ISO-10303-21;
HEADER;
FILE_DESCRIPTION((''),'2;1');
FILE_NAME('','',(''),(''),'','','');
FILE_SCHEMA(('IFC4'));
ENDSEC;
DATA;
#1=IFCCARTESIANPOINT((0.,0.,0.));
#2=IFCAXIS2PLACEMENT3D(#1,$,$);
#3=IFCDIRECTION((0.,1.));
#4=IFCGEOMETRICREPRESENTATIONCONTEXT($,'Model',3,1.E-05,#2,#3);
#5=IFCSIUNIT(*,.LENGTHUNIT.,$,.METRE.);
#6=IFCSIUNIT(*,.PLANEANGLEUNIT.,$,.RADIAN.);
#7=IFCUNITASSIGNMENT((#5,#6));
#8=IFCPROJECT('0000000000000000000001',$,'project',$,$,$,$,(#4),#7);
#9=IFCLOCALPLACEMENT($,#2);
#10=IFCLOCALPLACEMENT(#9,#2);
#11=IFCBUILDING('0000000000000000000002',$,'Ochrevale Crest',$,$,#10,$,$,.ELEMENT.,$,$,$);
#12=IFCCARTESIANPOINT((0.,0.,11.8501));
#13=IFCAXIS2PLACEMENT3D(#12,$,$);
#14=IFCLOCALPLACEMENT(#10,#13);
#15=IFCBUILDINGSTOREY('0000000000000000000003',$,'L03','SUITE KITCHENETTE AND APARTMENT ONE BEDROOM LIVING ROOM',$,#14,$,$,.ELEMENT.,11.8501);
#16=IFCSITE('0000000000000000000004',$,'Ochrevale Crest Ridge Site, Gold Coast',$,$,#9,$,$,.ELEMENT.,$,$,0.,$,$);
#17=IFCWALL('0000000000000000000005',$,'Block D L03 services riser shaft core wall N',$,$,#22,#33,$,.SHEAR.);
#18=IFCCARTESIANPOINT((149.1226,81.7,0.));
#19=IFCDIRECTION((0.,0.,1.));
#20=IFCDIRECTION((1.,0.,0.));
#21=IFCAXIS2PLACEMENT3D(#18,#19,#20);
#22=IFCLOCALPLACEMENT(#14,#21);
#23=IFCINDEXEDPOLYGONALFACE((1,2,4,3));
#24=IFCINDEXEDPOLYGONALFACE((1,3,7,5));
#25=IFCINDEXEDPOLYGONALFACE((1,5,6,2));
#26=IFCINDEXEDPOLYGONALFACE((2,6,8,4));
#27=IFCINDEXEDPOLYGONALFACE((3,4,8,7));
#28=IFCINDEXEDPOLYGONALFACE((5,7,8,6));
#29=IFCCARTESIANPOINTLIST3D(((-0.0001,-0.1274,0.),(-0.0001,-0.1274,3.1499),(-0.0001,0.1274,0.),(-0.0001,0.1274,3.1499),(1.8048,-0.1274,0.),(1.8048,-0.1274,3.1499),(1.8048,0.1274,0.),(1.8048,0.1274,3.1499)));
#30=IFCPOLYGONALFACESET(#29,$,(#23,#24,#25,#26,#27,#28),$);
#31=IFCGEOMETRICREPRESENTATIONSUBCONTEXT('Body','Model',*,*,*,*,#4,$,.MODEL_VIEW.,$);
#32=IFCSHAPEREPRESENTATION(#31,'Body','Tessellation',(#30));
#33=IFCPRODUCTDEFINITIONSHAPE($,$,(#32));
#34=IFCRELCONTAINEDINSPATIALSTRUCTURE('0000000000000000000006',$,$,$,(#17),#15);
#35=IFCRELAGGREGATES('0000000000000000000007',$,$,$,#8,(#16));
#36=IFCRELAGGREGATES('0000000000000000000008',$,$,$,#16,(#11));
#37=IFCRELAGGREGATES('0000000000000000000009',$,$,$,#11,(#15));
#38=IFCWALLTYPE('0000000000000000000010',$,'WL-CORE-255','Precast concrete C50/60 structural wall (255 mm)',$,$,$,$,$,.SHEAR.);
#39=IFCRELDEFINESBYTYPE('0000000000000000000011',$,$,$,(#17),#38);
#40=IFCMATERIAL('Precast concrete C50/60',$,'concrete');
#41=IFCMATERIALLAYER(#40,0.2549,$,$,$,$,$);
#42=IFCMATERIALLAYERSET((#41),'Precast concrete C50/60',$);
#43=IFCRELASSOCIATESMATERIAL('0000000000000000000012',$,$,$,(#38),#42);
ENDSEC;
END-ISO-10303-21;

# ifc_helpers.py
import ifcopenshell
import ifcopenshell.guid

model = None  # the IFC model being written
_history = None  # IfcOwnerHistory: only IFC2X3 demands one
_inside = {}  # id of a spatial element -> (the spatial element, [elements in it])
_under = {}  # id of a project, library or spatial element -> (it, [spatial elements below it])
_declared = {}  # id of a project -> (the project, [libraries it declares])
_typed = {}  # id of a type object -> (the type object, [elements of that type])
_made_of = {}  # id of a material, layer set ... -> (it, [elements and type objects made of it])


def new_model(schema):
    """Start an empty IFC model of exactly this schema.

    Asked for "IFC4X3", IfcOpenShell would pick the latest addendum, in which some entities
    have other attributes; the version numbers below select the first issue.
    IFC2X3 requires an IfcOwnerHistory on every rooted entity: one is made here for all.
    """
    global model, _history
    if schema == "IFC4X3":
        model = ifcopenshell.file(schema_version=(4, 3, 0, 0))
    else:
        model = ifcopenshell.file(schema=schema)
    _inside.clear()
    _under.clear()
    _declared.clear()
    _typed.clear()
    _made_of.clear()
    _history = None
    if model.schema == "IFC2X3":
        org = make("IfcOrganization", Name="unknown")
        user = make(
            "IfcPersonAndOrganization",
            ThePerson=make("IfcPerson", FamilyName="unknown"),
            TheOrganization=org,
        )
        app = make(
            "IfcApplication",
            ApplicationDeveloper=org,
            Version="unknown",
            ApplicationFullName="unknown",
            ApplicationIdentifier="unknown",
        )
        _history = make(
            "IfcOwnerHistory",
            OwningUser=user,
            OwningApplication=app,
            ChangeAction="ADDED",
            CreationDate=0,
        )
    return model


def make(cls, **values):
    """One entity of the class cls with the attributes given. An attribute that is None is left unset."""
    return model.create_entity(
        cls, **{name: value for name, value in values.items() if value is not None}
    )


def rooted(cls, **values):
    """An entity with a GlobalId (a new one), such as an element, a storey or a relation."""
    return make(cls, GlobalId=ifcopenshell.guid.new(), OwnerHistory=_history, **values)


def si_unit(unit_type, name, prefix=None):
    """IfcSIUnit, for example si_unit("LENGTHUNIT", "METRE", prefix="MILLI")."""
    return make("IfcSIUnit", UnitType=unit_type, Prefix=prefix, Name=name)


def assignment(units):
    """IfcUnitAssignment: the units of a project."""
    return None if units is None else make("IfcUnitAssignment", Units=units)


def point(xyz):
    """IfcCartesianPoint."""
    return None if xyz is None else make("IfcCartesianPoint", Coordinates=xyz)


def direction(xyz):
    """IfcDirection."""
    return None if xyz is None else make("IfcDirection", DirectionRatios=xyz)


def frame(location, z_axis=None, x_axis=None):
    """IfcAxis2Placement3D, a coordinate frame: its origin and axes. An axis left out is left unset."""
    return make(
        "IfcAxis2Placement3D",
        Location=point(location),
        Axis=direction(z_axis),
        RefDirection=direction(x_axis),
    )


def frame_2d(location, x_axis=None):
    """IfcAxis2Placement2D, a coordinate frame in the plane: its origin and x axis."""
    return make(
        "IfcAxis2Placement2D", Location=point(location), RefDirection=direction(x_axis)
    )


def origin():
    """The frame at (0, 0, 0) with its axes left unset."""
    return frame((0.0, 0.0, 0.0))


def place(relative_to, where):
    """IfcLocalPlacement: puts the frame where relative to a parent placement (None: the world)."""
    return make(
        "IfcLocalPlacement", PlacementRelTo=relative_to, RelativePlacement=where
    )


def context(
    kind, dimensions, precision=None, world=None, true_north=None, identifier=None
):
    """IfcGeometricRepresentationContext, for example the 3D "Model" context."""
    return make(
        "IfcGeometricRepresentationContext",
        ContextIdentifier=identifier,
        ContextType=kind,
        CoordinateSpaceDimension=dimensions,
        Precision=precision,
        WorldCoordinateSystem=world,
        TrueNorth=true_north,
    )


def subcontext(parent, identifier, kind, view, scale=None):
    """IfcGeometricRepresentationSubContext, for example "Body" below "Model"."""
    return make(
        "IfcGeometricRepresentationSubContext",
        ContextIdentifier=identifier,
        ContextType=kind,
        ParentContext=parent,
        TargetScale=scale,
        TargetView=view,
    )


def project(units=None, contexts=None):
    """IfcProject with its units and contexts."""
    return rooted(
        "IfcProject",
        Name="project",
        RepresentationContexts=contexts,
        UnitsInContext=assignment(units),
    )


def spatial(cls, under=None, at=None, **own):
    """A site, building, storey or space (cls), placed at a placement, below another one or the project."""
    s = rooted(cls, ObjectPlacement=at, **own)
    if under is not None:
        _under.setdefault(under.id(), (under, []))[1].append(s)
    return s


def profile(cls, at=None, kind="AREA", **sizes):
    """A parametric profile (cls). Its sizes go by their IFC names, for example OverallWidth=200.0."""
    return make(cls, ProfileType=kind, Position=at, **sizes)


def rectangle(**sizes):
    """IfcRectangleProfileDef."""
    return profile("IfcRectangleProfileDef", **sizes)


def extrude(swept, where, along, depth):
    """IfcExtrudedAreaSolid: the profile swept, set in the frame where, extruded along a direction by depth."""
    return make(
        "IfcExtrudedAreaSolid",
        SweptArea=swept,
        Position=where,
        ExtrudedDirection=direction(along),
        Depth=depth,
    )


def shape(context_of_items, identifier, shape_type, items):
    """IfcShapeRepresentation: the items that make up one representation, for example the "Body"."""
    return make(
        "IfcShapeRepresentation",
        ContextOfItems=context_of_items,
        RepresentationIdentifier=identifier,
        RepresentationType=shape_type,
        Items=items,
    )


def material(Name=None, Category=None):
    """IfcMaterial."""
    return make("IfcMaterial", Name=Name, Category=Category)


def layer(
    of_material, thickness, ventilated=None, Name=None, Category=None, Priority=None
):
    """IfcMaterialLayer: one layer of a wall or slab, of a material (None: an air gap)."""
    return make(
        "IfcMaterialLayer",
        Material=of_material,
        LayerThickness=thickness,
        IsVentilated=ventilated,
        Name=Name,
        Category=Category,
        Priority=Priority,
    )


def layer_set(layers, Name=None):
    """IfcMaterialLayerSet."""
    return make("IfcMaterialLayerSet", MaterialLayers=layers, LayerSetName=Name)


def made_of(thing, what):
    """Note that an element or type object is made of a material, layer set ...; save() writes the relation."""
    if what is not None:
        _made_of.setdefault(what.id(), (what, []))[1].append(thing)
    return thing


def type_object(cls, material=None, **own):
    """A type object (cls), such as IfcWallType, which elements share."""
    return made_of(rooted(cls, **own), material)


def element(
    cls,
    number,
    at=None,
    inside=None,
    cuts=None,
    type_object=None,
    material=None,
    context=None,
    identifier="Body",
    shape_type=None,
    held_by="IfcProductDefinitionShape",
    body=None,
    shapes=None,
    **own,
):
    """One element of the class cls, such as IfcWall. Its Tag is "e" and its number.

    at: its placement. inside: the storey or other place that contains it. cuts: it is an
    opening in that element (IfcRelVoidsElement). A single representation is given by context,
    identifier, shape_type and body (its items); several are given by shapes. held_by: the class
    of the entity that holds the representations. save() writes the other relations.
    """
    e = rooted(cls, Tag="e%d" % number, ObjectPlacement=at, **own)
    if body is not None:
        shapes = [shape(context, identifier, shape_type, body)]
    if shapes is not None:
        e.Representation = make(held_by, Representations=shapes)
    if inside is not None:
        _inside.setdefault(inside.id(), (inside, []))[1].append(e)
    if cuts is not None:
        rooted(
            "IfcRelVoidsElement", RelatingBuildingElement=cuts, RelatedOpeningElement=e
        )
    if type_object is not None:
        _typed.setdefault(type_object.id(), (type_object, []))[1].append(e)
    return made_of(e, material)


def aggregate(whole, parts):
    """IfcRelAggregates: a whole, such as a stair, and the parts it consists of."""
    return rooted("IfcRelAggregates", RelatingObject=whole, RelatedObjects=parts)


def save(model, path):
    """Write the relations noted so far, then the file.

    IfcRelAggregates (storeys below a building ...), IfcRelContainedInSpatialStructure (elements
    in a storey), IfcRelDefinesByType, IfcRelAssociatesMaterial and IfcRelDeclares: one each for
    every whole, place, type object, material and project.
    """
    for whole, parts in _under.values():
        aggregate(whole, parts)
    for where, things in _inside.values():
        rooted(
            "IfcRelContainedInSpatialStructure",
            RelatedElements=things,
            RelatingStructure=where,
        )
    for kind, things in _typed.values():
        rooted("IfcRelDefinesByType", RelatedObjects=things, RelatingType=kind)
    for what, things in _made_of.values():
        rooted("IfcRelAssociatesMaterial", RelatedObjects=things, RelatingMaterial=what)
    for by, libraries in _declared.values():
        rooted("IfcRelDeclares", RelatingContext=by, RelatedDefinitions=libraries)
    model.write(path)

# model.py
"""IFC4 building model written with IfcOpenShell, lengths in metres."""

from ifc_helpers import new_model, si_unit, direction, frame, frame_2d, origin, place, context, subcontext, project, spatial, rectangle, extrude, material, layer, layer_set, type_object, element, save


model = new_model("IFC4")

# Units and contexts
model_context = context("Model", 3, precision=1e-05, world=origin(), true_north=direction((0.0, 1.0)))
body_context = subcontext(model_context, "Body", "Model", "MODEL_VIEW")
ifc_project = project(units=[si_unit("LENGTHUNIT", "METRE"), si_unit("PLANEANGLEUNIT", "RADIAN")], contexts=[model_context])

# Site, building, storey
site_placement = place(None, origin())
site = spatial("IfcSite", under=ifc_project, at=site_placement, Name="Ochrevale Crest Ridge Site, Gold Coast", CompositionType="ELEMENT", RefElevation=0.0)
building_placement = place(site_placement, origin())
building = spatial("IfcBuilding", under=site, at=building_placement, Name="Ochrevale Crest", CompositionType="ELEMENT")
storey_placement = place(building_placement, frame((0.0, 0.0, 11.8501)))
storey = spatial("IfcBuildingStorey", under=building, at=storey_placement, Name="L03", Description="SUITE KITCHENETTE AND APARTMENT ONE BEDROOM LIVING ROOM", CompositionType="ELEMENT", Elevation=11.8501)

# Shared definitions
ifc_material_1 = material(Name="Precast concrete C50/60", Category="concrete")

# Wall
ifc_layer_1 = layer(ifc_material_1, 0.2549)
ifc_layer_set_1 = layer_set([ifc_layer_1], Name="Precast concrete C50/60")
wall_type_1 = type_object("IfcWallType", Name="WL-CORE-255", Description="Precast concrete C50/60 structural wall (255 mm)", PredefinedType="SHEAR", material=ifc_layer_set_1)
wall_1_placement = place(storey_placement, frame((149.1226, 81.7, 0.0), z_axis=(0.0, 0.0, 1.0), x_axis=(1.0, 0.0, 0.0)))
element("IfcWall", 1, at=wall_1_placement, inside=storey, type_object=wall_type_1, Name="Block D L03 services riser shaft core wall N", PredefinedType="SHEAR", context=body_context, shape_type="SweptSolid", body=[
    extrude(rectangle(XDim=1.8049, YDim=0.2549, at=frame_2d((0.9023, 0.0))), origin(), (0.0, 0.0, 1.0), 3.1499),
])

save(model, "model.ifc")
